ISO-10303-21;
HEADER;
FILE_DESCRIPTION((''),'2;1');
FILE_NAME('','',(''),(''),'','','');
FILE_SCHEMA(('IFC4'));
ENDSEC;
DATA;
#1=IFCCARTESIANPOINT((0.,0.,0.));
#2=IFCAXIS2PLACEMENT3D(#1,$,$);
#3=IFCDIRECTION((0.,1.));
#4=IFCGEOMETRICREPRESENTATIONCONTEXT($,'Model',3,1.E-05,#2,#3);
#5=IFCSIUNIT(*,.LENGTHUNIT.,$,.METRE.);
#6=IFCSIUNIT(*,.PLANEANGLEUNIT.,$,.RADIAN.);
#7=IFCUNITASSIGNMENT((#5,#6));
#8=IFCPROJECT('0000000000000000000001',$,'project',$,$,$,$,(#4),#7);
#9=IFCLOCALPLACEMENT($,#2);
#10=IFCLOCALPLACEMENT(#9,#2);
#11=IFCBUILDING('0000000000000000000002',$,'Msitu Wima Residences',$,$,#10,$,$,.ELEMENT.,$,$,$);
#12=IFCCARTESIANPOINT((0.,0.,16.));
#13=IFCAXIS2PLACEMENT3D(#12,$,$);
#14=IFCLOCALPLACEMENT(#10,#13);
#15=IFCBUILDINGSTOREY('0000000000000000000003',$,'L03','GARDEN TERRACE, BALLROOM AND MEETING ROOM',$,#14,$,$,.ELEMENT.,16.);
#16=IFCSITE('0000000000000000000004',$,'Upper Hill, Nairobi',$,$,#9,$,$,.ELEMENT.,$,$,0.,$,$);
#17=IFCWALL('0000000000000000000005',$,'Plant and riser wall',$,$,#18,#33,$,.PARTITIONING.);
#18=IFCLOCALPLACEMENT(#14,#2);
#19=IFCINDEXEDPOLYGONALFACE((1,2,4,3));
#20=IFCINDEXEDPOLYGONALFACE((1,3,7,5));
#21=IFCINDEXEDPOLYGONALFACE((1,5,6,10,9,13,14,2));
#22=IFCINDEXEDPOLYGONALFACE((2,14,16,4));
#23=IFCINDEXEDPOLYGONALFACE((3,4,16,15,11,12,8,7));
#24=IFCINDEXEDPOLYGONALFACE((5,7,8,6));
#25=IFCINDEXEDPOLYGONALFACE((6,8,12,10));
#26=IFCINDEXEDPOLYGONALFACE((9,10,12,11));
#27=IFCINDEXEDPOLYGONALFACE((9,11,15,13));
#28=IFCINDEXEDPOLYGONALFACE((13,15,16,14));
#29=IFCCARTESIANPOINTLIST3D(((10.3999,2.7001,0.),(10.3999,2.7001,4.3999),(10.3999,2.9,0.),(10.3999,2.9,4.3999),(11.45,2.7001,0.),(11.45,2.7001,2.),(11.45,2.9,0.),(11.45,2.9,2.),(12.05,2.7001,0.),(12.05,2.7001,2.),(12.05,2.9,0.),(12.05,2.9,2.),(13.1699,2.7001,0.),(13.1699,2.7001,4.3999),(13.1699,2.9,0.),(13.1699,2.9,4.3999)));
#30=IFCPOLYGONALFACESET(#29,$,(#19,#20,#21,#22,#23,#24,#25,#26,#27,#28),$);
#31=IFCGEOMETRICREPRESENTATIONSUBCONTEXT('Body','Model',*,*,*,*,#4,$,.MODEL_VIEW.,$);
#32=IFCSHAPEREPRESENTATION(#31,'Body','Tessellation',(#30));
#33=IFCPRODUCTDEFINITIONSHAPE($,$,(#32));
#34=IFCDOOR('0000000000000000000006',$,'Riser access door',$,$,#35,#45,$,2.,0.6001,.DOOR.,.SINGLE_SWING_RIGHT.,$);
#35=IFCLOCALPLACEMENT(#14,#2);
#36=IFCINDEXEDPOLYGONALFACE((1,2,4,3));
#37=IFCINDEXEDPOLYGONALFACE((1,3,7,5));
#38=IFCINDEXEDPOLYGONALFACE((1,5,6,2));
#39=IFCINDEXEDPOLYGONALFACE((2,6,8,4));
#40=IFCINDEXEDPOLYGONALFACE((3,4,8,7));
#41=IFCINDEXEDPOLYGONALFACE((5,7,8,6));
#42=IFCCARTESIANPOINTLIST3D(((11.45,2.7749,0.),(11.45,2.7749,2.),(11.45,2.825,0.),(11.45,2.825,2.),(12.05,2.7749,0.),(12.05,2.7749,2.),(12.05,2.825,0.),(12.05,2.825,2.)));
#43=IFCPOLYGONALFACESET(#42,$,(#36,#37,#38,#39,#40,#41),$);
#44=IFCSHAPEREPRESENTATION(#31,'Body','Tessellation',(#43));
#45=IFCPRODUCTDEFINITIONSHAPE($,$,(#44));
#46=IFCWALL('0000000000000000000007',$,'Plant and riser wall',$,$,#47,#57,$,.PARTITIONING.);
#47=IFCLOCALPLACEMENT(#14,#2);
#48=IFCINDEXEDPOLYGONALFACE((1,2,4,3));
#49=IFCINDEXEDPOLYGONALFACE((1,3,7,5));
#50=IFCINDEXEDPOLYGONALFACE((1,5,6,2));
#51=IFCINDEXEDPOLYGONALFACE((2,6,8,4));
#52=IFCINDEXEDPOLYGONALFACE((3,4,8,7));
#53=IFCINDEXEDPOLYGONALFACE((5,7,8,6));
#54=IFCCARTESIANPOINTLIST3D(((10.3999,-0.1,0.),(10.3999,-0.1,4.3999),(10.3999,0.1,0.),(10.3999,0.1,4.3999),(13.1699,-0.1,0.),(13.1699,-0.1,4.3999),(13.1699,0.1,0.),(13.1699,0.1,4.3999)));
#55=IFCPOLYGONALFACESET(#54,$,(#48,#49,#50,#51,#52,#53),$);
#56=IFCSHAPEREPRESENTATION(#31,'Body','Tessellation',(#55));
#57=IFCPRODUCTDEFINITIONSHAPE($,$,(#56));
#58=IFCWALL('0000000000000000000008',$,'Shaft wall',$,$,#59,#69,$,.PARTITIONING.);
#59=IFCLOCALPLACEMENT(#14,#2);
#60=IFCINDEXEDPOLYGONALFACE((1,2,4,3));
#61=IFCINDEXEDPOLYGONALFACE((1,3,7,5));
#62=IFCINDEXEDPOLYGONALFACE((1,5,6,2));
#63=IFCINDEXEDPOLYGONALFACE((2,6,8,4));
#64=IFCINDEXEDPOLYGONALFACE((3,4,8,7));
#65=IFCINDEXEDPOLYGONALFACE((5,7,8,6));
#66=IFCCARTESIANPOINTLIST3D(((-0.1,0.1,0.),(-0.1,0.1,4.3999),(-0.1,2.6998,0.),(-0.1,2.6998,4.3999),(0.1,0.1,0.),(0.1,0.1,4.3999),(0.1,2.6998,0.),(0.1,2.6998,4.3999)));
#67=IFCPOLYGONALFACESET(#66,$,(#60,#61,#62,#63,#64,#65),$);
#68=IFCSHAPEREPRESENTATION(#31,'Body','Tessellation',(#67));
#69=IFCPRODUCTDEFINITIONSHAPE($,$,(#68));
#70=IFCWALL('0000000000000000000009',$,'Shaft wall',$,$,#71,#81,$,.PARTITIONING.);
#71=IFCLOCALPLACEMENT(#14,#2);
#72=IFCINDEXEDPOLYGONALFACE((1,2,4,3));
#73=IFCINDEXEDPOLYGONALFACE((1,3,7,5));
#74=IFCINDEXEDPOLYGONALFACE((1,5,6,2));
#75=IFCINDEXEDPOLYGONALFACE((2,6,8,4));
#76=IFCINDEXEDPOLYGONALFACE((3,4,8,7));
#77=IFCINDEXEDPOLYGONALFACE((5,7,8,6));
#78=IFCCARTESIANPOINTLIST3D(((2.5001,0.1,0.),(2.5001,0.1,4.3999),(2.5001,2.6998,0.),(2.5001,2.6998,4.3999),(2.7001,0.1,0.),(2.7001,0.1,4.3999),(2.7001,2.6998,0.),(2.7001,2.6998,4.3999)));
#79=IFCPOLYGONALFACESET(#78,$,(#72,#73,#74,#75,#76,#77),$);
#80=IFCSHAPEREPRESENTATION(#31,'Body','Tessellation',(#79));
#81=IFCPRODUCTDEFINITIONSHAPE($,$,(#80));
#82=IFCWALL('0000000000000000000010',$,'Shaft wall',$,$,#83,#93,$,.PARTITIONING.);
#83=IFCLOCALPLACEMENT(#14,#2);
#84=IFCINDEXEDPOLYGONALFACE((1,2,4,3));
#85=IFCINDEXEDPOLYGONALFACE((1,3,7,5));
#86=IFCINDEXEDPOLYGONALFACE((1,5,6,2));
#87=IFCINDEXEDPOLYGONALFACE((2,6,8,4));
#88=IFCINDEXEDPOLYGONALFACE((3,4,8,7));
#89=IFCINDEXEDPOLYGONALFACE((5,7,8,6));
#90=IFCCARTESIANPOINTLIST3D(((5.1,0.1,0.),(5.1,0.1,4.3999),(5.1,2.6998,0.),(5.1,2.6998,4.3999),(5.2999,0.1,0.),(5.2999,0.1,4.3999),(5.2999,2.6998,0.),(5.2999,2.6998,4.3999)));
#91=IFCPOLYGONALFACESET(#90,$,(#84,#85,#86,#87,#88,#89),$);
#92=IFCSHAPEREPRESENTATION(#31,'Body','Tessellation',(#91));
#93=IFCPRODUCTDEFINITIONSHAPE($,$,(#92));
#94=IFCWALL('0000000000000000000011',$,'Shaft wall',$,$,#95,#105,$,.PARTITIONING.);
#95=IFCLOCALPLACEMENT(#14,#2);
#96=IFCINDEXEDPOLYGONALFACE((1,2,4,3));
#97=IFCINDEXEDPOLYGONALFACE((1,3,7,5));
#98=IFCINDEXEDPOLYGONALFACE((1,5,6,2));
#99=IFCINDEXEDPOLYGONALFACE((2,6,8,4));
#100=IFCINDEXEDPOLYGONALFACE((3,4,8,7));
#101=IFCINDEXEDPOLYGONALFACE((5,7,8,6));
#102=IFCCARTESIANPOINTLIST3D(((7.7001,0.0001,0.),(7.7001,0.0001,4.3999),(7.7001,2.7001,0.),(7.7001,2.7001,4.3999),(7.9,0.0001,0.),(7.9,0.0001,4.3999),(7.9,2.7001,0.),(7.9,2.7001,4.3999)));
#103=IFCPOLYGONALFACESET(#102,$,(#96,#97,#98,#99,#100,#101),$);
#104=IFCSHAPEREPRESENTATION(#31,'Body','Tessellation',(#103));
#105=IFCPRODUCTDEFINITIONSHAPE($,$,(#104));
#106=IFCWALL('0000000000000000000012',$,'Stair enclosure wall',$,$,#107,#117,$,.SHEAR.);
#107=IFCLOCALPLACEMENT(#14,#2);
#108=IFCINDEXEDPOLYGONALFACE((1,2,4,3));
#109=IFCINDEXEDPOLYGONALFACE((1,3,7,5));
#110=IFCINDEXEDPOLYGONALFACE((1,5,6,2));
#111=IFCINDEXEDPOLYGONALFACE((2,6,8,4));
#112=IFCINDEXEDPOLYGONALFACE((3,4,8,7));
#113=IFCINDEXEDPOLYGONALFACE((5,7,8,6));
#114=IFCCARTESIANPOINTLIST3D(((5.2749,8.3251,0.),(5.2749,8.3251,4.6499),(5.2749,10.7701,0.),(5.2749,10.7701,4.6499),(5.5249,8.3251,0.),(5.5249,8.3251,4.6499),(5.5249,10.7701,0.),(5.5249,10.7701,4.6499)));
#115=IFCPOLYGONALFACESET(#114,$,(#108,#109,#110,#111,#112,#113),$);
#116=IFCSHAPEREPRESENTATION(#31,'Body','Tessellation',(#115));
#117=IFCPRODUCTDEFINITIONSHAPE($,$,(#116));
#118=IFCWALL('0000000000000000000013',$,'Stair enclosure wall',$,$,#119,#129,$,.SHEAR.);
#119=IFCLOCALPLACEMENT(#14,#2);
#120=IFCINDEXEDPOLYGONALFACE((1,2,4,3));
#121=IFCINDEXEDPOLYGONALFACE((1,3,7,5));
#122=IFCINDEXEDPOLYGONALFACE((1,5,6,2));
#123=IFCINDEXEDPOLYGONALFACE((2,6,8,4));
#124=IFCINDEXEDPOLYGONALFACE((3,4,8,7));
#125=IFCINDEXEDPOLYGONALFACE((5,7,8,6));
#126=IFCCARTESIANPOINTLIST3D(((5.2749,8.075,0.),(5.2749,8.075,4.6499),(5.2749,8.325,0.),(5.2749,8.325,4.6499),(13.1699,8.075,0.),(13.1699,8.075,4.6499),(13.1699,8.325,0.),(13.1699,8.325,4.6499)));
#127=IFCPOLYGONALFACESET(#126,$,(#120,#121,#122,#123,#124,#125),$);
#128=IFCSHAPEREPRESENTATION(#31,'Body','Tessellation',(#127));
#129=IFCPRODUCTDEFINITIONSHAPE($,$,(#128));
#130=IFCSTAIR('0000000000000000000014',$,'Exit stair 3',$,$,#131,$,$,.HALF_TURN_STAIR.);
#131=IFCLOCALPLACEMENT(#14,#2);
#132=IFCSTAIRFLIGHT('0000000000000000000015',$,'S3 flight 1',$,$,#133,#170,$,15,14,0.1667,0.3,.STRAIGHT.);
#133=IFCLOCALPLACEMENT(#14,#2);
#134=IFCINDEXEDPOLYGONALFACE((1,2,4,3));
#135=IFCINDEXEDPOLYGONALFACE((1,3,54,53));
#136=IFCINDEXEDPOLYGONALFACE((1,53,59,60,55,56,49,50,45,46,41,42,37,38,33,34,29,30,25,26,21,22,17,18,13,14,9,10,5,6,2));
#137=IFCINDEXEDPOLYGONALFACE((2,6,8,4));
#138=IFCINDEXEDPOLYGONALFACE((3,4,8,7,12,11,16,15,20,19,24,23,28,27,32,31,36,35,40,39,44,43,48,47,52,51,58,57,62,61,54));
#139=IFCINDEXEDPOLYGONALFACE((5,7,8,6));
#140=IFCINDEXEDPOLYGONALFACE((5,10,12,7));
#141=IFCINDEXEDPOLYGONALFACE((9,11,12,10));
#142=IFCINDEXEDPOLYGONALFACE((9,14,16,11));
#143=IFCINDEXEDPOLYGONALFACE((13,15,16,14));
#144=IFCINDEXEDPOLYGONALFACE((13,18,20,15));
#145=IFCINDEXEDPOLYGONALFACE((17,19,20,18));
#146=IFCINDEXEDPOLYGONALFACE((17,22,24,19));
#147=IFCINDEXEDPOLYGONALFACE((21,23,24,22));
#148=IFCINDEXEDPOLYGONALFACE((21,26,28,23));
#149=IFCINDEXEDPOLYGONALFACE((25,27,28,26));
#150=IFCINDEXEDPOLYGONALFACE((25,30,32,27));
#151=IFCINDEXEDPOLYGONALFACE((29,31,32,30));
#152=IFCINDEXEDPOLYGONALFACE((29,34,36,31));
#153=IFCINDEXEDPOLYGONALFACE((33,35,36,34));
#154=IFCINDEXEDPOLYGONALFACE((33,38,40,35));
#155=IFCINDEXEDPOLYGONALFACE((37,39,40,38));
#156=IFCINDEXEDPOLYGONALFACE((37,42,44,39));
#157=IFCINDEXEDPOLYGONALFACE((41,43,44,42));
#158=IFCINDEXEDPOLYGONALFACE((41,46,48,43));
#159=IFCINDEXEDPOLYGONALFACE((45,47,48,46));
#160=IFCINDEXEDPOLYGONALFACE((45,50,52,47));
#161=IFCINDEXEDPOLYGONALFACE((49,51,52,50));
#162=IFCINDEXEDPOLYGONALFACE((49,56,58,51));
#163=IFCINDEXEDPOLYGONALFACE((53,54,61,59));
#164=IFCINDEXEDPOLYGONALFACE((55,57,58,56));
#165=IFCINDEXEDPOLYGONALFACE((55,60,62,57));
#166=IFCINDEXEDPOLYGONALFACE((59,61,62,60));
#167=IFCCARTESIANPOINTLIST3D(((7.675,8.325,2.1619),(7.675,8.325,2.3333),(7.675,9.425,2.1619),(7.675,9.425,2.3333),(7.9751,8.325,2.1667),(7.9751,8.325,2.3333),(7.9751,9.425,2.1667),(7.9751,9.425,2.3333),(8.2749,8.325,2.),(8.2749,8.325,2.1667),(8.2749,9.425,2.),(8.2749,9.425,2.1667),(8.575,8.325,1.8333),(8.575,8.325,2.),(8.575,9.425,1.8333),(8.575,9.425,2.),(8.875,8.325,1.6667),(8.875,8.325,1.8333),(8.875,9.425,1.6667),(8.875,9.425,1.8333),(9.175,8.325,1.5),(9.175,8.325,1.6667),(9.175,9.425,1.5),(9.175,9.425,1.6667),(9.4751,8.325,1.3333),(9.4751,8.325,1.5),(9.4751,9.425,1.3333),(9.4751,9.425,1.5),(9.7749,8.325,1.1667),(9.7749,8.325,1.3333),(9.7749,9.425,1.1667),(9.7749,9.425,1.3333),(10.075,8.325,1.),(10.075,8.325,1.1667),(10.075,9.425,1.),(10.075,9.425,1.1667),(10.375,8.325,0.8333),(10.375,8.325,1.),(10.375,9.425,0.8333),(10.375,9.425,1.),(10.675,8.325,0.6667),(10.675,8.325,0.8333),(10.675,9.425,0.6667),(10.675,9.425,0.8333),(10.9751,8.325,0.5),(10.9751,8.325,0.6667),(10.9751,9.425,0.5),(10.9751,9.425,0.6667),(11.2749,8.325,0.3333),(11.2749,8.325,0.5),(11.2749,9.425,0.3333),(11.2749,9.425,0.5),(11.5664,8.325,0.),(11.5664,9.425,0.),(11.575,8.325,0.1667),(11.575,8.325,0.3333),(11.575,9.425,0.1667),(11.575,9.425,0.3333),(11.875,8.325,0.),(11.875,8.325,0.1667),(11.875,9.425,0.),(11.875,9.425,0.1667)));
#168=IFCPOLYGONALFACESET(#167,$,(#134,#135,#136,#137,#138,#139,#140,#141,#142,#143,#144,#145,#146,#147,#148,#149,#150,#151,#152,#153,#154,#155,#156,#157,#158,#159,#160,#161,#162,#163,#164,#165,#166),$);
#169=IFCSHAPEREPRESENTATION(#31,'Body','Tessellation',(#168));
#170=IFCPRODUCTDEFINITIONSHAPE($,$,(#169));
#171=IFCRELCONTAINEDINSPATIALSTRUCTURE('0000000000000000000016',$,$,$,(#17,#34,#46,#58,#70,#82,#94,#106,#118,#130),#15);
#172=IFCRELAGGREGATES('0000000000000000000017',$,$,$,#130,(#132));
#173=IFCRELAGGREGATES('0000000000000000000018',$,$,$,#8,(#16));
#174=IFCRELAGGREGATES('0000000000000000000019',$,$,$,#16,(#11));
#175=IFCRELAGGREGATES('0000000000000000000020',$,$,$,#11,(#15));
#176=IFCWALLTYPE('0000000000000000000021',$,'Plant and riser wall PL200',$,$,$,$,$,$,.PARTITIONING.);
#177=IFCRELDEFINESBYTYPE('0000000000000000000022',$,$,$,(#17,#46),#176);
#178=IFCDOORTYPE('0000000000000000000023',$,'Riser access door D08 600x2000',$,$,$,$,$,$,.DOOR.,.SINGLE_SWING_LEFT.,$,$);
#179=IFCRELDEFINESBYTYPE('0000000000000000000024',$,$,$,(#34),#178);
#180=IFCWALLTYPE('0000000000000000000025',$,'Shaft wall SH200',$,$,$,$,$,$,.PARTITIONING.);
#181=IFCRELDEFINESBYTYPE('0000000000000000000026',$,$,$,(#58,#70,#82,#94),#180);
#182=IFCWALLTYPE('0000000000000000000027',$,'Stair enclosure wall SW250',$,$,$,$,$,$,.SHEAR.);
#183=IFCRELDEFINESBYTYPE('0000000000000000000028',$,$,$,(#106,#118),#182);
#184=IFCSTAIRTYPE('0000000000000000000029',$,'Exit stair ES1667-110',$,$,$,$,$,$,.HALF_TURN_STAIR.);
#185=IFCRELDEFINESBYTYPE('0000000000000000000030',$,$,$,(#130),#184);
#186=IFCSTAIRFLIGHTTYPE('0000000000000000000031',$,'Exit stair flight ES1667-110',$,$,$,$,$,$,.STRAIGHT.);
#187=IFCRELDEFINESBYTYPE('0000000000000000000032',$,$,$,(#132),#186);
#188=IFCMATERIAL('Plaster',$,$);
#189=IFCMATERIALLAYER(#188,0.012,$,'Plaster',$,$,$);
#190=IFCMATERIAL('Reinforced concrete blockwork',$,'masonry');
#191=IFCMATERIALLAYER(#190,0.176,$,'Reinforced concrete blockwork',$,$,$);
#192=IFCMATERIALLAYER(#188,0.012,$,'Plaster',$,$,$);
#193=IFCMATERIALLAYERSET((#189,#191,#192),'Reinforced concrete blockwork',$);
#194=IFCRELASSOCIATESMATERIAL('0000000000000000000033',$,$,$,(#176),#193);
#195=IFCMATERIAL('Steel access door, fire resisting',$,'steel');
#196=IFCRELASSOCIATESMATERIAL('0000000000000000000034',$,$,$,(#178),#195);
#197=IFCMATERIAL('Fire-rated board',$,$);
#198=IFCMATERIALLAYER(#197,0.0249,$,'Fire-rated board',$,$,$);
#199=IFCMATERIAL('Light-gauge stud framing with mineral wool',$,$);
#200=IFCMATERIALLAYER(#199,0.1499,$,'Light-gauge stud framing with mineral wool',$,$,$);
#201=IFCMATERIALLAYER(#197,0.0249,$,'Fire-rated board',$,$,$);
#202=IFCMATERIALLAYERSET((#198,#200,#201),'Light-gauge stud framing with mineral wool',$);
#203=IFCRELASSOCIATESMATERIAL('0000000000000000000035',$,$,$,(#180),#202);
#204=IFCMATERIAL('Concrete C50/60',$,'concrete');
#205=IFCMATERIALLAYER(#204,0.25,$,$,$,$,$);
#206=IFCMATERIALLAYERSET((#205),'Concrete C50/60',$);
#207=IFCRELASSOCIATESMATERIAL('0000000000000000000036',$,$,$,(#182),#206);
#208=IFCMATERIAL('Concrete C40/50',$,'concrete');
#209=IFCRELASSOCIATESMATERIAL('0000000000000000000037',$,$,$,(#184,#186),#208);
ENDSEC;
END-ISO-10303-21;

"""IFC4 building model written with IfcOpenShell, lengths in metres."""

from ifc_helpers import new_model, si_unit, direction, frame, frame_2d, origin, place, context, subcontext, project, spatial, polyline, rectangle, outline, extrude, material, layer, layer_set, type_object, element, fill, aggregate, save


model = new_model("IFC4")

# Units and contexts
model_context = context("Model", 3, precision=1e-05, world=origin(), true_north=direction((0.0, 1.0)))
body_context = subcontext(model_context, "Body", "Model", "MODEL_VIEW")
ifc_project = project(units=[si_unit("LENGTHUNIT", "METRE"), si_unit("PLANEANGLEUNIT", "RADIAN")], contexts=[model_context])

# Site, building, storey
site_placement = place(None, origin())
site = spatial("IfcSite", under=ifc_project, at=site_placement, Name="Upper Hill, Nairobi", CompositionType="ELEMENT", RefElevation=0.0)
building_placement = place(site_placement, origin())
building = spatial("IfcBuilding", under=site, at=building_placement, Name="Msitu Wima Residences", CompositionType="ELEMENT")
storey_placement = place(building_placement, frame((0.0, 0.0, 16.0)))
storey = spatial("IfcBuildingStorey", under=building, at=storey_placement, Name="L03", Description="GARDEN TERRACE, BALLROOM AND MEETING ROOM", CompositionType="ELEMENT", Elevation=16.0)

# Shared definitions
ifc_material_1 = material(Name="Concrete C40/50", Category="concrete")

# Shared definitions
ifc_material_2 = material(Name="Plaster")

# Wall, opening, door
ifc_layer_1 = layer(ifc_material_2, 0.012, Name="Plaster")
ifc_material_3 = material(Name="Reinforced concrete blockwork", Category="masonry")
ifc_layer_2 = layer(ifc_material_3, 0.176, Name="Reinforced concrete blockwork")
ifc_layer_3 = layer(ifc_material_2, 0.012, Name="Plaster")
ifc_layer_set_1 = layer_set([ifc_layer_1, ifc_layer_2, ifc_layer_3], Name="Reinforced concrete blockwork")
wall_type_1 = type_object("IfcWallType", Name="Plant and riser wall PL200", PredefinedType="PARTITIONING", material=ifc_layer_set_1)
wall_1_placement = place(storey_placement, frame((10.3999, 2.8, 0.0), z_axis=(0.0, 0.0, 1.0), x_axis=(1.0, 0.0, 0.0)))
wall_1 = element("IfcWall", 1, at=wall_1_placement, inside=storey, type_object=wall_type_1, Name="Plant and riser wall", PredefinedType="PARTITIONING", context=body_context, shape_type="SweptSolid", body=[
    extrude(rectangle(XDim=2.77, YDim=0.2, at=frame_2d((1.385, 0.0))), origin(), (0.0, 0.0, 1.0), 4.3999),
])
opening_placement = place(wall_1_placement, frame((1.05, 0.0, 0.0)))
opening = element("IfcOpeningElement", 2, at=opening_placement, cuts=wall_1, PredefinedType="OPENING", context=body_context, shape_type="SweptSolid", body=[
    extrude(rectangle(XDim=0.6001, YDim=2.0, at=frame_2d((0.3, 1.0))), frame((0.0, 0.1099, 0.0), z_axis=(0.0, -1.0, 0.0), x_axis=(1.0, 0.0, 0.0)), (0.0, 0.0, 1.0), 0.22),
])
ifc_material_4 = material(Name="Steel access door, fire resisting", Category="steel")
door_type = type_object("IfcDoorType", Name="Riser access door D08 600x2000", OperationType="SINGLE_SWING_LEFT", PredefinedType="DOOR", material=ifc_material_4)
door_placement = place(opening_placement, origin())
door = element("IfcDoor", 3, at=door_placement, inside=storey, type_object=door_type, Name="Riser access door", OperationType="SINGLE_SWING_RIGHT", OverallHeight=2.0, OverallWidth=0.6001, PredefinedType="DOOR", context=body_context, shape_type="SweptSolid", body=[
    extrude(rectangle(XDim=0.6001, YDim=2.0, at=frame_2d((0.3, 1.0))), frame((0.0, 0.0249, 0.0), z_axis=(0.0, -1.0, 0.0), x_axis=(1.0, 0.0, 0.0)), (0.0, 0.0, 1.0), 0.05),
])
fill(opening, door)

# Walls
wall_2_placement = place(storey_placement, frame((10.3999, 0.0, 0.0), z_axis=(0.0, 0.0, 1.0), x_axis=(1.0, 0.0, 0.0)))
element("IfcWall", 4, at=wall_2_placement, inside=storey, type_object=wall_type_1, Name="Plant and riser wall", PredefinedType="PARTITIONING", context=body_context, shape_type="SweptSolid", body=[
    extrude(rectangle(XDim=2.77, YDim=0.2, at=frame_2d((1.385, 0.0))), origin(), (0.0, 0.0, 1.0), 4.3999),
])
ifc_material_5 = material(Name="Fire-rated board")
ifc_layer_4 = layer(ifc_material_5, 0.0249, Name="Fire-rated board")
ifc_material_6 = material(Name="Light-gauge stud framing with mineral wool")
ifc_layer_5 = layer(ifc_material_6, 0.1499, Name="Light-gauge stud framing with mineral wool")
ifc_layer_6 = layer(ifc_material_5, 0.0249, Name="Fire-rated board")
ifc_layer_set_2 = layer_set([ifc_layer_4, ifc_layer_5, ifc_layer_6], Name="Light-gauge stud framing with mineral wool")
wall_type_2 = type_object("IfcWallType", Name="Shaft wall SH200", PredefinedType="PARTITIONING", material=ifc_layer_set_2)
for number, where, z_axis, x_axis, name in (
    (5, (0.0, 0.1001, 0.0), (0.0, 0.0, 1.0), (0.0, 1.0, 0.0), "Shaft wall"),
    (6, (2.6001, 0.1001, 0.0), (0.0, 0.0, 1.0), (0.0, 1.0, 0.0), "Shaft wall"),
    (7, (5.2, 0.1001, 0.0), (0.0, 0.0, 1.0), (0.0, 1.0, 0.0), "Shaft wall"),
):
    element("IfcWall", number, at=place(storey_placement, frame(where, z_axis=z_axis, x_axis=x_axis)), inside=storey, type_object=wall_type_2, Name=name, PredefinedType="PARTITIONING", context=body_context, shape_type="SweptSolid", body=[
        extrude(rectangle(XDim=2.5999, YDim=0.2, at=frame_2d((1.2998, 0.0))), origin(), (0.0, 0.0, 1.0), 4.3999),
    ])
wall_3_placement = place(storey_placement, frame((7.8, 0.0, 0.0), z_axis=(0.0, 0.0, 1.0), x_axis=(0.0, 1.0, 0.0)))
element("IfcWall", 8, at=wall_3_placement, inside=storey, type_object=wall_type_2, Name="Shaft wall", PredefinedType="PARTITIONING", context=body_context, shape_type="SweptSolid", body=[
    extrude(rectangle(XDim=2.7, YDim=0.2, at=frame_2d((1.3501, 0.0))), origin(), (0.0, 0.0, 1.0), 4.3999),
])
ifc_material_7 = material(Name="Concrete C50/60", Category="concrete")
ifc_layer_7 = layer(ifc_material_7, 0.25)
ifc_layer_set_3 = layer_set([ifc_layer_7], Name="Concrete C50/60")
wall_type_3 = type_object("IfcWallType", Name="Stair enclosure wall SW250", PredefinedType="SHEAR", material=ifc_layer_set_3)
wall_4_placement = place(storey_placement, frame((5.3999, 8.325, 0.0), z_axis=(0.0, 0.0, 1.0), x_axis=(0.0, 1.0, 0.0)))
element("IfcWall", 9, at=wall_4_placement, inside=storey, type_object=wall_type_3, Name="Stair enclosure wall", PredefinedType="SHEAR", context=body_context, shape_type="SweptSolid", body=[
    extrude(rectangle(XDim=2.4451, YDim=0.25, at=frame_2d((1.2227, 0.0))), origin(), (0.0, 0.0, 1.0), 4.6499),
])
wall_5_placement = place(storey_placement, frame((5.2749, 8.2, 0.0), z_axis=(0.0, 0.0, 1.0), x_axis=(1.0, 0.0, 0.0)))
element("IfcWall", 10, at=wall_5_placement, inside=storey, type_object=wall_type_3, Name="Stair enclosure wall", PredefinedType="SHEAR", context=body_context, shape_type="SweptSolid", body=[
    extrude(rectangle(XDim=7.895, YDim=0.25, at=frame_2d((3.9475, 0.0))), origin(), (0.0, 0.0, 1.0), 4.6499),
])

# Stair, stair flight
stair_type_1 = type_object("IfcStairType", Name="Exit stair ES1667-110", PredefinedType="HALF_TURN_STAIR", material=ifc_material_1)
stair_1_placement = place(storey_placement, origin())
stair_1 = element("IfcStair", 11, at=stair_1_placement, inside=storey, type_object=stair_type_1, Name="Exit stair 3", PredefinedType="HALF_TURN_STAIR")
stair_flight_type = type_object("IfcStairFlightType", Name="Exit stair flight ES1667-110", PredefinedType="STRAIGHT", material=ifc_material_1)
stair_flight_placement = place(storey_placement, frame((11.875, 8.875, 0.0), z_axis=(0.0, 0.0, 1.0), x_axis=(-1.0, 0.0, 0.0)))
stair_flight = element("IfcStairFlight", 12, at=stair_flight_placement, type_object=stair_flight_type, Name="S3 flight 1", NumberOfRisers=15, NumberOfTreads=14, PredefinedType="STRAIGHT", RiserHeight=0.1667, TreadLength=0.3, context=body_context, shape_type="SweptSolid", body=[
    extrude(outline(polyline([(0.0, 0.0), (0.0, 0.1667), (0.3, 0.1667), (0.3, 0.3333), (0.6001, 0.3333), (0.6001, 0.5), (0.8999, 0.5), (0.8999, 0.6667), (1.2, 0.6667), (1.2, 0.8333), (1.5, 0.8333), (1.5, 1.0), (1.8, 1.0), (1.8, 1.1667), (2.1001, 1.1667), (2.1001, 1.3333), (2.3999, 1.3333), (2.3999, 1.5), (2.7, 1.5), (2.7, 1.6667), (3.0, 1.6667), (3.0, 1.8333), (3.3, 1.8333), (3.3, 2.0), (3.6001, 2.0), (3.6001, 2.1667), (3.8999, 2.1667), (3.8999, 2.3333), (4.2, 2.3333), (4.2, 2.5), (4.2, 2.1619), (0.3086, 0.0), (0.0, 0.0)])), frame((0.0, 0.55, 0.0), z_axis=(0.0, -1.0, 0.0), x_axis=(1.0, 0.0, 0.0)), (0.0, 0.0, 1.0), 1.1001),
])
aggregate(stair_1, [stair_flight])

save(model, "model.ifc")
